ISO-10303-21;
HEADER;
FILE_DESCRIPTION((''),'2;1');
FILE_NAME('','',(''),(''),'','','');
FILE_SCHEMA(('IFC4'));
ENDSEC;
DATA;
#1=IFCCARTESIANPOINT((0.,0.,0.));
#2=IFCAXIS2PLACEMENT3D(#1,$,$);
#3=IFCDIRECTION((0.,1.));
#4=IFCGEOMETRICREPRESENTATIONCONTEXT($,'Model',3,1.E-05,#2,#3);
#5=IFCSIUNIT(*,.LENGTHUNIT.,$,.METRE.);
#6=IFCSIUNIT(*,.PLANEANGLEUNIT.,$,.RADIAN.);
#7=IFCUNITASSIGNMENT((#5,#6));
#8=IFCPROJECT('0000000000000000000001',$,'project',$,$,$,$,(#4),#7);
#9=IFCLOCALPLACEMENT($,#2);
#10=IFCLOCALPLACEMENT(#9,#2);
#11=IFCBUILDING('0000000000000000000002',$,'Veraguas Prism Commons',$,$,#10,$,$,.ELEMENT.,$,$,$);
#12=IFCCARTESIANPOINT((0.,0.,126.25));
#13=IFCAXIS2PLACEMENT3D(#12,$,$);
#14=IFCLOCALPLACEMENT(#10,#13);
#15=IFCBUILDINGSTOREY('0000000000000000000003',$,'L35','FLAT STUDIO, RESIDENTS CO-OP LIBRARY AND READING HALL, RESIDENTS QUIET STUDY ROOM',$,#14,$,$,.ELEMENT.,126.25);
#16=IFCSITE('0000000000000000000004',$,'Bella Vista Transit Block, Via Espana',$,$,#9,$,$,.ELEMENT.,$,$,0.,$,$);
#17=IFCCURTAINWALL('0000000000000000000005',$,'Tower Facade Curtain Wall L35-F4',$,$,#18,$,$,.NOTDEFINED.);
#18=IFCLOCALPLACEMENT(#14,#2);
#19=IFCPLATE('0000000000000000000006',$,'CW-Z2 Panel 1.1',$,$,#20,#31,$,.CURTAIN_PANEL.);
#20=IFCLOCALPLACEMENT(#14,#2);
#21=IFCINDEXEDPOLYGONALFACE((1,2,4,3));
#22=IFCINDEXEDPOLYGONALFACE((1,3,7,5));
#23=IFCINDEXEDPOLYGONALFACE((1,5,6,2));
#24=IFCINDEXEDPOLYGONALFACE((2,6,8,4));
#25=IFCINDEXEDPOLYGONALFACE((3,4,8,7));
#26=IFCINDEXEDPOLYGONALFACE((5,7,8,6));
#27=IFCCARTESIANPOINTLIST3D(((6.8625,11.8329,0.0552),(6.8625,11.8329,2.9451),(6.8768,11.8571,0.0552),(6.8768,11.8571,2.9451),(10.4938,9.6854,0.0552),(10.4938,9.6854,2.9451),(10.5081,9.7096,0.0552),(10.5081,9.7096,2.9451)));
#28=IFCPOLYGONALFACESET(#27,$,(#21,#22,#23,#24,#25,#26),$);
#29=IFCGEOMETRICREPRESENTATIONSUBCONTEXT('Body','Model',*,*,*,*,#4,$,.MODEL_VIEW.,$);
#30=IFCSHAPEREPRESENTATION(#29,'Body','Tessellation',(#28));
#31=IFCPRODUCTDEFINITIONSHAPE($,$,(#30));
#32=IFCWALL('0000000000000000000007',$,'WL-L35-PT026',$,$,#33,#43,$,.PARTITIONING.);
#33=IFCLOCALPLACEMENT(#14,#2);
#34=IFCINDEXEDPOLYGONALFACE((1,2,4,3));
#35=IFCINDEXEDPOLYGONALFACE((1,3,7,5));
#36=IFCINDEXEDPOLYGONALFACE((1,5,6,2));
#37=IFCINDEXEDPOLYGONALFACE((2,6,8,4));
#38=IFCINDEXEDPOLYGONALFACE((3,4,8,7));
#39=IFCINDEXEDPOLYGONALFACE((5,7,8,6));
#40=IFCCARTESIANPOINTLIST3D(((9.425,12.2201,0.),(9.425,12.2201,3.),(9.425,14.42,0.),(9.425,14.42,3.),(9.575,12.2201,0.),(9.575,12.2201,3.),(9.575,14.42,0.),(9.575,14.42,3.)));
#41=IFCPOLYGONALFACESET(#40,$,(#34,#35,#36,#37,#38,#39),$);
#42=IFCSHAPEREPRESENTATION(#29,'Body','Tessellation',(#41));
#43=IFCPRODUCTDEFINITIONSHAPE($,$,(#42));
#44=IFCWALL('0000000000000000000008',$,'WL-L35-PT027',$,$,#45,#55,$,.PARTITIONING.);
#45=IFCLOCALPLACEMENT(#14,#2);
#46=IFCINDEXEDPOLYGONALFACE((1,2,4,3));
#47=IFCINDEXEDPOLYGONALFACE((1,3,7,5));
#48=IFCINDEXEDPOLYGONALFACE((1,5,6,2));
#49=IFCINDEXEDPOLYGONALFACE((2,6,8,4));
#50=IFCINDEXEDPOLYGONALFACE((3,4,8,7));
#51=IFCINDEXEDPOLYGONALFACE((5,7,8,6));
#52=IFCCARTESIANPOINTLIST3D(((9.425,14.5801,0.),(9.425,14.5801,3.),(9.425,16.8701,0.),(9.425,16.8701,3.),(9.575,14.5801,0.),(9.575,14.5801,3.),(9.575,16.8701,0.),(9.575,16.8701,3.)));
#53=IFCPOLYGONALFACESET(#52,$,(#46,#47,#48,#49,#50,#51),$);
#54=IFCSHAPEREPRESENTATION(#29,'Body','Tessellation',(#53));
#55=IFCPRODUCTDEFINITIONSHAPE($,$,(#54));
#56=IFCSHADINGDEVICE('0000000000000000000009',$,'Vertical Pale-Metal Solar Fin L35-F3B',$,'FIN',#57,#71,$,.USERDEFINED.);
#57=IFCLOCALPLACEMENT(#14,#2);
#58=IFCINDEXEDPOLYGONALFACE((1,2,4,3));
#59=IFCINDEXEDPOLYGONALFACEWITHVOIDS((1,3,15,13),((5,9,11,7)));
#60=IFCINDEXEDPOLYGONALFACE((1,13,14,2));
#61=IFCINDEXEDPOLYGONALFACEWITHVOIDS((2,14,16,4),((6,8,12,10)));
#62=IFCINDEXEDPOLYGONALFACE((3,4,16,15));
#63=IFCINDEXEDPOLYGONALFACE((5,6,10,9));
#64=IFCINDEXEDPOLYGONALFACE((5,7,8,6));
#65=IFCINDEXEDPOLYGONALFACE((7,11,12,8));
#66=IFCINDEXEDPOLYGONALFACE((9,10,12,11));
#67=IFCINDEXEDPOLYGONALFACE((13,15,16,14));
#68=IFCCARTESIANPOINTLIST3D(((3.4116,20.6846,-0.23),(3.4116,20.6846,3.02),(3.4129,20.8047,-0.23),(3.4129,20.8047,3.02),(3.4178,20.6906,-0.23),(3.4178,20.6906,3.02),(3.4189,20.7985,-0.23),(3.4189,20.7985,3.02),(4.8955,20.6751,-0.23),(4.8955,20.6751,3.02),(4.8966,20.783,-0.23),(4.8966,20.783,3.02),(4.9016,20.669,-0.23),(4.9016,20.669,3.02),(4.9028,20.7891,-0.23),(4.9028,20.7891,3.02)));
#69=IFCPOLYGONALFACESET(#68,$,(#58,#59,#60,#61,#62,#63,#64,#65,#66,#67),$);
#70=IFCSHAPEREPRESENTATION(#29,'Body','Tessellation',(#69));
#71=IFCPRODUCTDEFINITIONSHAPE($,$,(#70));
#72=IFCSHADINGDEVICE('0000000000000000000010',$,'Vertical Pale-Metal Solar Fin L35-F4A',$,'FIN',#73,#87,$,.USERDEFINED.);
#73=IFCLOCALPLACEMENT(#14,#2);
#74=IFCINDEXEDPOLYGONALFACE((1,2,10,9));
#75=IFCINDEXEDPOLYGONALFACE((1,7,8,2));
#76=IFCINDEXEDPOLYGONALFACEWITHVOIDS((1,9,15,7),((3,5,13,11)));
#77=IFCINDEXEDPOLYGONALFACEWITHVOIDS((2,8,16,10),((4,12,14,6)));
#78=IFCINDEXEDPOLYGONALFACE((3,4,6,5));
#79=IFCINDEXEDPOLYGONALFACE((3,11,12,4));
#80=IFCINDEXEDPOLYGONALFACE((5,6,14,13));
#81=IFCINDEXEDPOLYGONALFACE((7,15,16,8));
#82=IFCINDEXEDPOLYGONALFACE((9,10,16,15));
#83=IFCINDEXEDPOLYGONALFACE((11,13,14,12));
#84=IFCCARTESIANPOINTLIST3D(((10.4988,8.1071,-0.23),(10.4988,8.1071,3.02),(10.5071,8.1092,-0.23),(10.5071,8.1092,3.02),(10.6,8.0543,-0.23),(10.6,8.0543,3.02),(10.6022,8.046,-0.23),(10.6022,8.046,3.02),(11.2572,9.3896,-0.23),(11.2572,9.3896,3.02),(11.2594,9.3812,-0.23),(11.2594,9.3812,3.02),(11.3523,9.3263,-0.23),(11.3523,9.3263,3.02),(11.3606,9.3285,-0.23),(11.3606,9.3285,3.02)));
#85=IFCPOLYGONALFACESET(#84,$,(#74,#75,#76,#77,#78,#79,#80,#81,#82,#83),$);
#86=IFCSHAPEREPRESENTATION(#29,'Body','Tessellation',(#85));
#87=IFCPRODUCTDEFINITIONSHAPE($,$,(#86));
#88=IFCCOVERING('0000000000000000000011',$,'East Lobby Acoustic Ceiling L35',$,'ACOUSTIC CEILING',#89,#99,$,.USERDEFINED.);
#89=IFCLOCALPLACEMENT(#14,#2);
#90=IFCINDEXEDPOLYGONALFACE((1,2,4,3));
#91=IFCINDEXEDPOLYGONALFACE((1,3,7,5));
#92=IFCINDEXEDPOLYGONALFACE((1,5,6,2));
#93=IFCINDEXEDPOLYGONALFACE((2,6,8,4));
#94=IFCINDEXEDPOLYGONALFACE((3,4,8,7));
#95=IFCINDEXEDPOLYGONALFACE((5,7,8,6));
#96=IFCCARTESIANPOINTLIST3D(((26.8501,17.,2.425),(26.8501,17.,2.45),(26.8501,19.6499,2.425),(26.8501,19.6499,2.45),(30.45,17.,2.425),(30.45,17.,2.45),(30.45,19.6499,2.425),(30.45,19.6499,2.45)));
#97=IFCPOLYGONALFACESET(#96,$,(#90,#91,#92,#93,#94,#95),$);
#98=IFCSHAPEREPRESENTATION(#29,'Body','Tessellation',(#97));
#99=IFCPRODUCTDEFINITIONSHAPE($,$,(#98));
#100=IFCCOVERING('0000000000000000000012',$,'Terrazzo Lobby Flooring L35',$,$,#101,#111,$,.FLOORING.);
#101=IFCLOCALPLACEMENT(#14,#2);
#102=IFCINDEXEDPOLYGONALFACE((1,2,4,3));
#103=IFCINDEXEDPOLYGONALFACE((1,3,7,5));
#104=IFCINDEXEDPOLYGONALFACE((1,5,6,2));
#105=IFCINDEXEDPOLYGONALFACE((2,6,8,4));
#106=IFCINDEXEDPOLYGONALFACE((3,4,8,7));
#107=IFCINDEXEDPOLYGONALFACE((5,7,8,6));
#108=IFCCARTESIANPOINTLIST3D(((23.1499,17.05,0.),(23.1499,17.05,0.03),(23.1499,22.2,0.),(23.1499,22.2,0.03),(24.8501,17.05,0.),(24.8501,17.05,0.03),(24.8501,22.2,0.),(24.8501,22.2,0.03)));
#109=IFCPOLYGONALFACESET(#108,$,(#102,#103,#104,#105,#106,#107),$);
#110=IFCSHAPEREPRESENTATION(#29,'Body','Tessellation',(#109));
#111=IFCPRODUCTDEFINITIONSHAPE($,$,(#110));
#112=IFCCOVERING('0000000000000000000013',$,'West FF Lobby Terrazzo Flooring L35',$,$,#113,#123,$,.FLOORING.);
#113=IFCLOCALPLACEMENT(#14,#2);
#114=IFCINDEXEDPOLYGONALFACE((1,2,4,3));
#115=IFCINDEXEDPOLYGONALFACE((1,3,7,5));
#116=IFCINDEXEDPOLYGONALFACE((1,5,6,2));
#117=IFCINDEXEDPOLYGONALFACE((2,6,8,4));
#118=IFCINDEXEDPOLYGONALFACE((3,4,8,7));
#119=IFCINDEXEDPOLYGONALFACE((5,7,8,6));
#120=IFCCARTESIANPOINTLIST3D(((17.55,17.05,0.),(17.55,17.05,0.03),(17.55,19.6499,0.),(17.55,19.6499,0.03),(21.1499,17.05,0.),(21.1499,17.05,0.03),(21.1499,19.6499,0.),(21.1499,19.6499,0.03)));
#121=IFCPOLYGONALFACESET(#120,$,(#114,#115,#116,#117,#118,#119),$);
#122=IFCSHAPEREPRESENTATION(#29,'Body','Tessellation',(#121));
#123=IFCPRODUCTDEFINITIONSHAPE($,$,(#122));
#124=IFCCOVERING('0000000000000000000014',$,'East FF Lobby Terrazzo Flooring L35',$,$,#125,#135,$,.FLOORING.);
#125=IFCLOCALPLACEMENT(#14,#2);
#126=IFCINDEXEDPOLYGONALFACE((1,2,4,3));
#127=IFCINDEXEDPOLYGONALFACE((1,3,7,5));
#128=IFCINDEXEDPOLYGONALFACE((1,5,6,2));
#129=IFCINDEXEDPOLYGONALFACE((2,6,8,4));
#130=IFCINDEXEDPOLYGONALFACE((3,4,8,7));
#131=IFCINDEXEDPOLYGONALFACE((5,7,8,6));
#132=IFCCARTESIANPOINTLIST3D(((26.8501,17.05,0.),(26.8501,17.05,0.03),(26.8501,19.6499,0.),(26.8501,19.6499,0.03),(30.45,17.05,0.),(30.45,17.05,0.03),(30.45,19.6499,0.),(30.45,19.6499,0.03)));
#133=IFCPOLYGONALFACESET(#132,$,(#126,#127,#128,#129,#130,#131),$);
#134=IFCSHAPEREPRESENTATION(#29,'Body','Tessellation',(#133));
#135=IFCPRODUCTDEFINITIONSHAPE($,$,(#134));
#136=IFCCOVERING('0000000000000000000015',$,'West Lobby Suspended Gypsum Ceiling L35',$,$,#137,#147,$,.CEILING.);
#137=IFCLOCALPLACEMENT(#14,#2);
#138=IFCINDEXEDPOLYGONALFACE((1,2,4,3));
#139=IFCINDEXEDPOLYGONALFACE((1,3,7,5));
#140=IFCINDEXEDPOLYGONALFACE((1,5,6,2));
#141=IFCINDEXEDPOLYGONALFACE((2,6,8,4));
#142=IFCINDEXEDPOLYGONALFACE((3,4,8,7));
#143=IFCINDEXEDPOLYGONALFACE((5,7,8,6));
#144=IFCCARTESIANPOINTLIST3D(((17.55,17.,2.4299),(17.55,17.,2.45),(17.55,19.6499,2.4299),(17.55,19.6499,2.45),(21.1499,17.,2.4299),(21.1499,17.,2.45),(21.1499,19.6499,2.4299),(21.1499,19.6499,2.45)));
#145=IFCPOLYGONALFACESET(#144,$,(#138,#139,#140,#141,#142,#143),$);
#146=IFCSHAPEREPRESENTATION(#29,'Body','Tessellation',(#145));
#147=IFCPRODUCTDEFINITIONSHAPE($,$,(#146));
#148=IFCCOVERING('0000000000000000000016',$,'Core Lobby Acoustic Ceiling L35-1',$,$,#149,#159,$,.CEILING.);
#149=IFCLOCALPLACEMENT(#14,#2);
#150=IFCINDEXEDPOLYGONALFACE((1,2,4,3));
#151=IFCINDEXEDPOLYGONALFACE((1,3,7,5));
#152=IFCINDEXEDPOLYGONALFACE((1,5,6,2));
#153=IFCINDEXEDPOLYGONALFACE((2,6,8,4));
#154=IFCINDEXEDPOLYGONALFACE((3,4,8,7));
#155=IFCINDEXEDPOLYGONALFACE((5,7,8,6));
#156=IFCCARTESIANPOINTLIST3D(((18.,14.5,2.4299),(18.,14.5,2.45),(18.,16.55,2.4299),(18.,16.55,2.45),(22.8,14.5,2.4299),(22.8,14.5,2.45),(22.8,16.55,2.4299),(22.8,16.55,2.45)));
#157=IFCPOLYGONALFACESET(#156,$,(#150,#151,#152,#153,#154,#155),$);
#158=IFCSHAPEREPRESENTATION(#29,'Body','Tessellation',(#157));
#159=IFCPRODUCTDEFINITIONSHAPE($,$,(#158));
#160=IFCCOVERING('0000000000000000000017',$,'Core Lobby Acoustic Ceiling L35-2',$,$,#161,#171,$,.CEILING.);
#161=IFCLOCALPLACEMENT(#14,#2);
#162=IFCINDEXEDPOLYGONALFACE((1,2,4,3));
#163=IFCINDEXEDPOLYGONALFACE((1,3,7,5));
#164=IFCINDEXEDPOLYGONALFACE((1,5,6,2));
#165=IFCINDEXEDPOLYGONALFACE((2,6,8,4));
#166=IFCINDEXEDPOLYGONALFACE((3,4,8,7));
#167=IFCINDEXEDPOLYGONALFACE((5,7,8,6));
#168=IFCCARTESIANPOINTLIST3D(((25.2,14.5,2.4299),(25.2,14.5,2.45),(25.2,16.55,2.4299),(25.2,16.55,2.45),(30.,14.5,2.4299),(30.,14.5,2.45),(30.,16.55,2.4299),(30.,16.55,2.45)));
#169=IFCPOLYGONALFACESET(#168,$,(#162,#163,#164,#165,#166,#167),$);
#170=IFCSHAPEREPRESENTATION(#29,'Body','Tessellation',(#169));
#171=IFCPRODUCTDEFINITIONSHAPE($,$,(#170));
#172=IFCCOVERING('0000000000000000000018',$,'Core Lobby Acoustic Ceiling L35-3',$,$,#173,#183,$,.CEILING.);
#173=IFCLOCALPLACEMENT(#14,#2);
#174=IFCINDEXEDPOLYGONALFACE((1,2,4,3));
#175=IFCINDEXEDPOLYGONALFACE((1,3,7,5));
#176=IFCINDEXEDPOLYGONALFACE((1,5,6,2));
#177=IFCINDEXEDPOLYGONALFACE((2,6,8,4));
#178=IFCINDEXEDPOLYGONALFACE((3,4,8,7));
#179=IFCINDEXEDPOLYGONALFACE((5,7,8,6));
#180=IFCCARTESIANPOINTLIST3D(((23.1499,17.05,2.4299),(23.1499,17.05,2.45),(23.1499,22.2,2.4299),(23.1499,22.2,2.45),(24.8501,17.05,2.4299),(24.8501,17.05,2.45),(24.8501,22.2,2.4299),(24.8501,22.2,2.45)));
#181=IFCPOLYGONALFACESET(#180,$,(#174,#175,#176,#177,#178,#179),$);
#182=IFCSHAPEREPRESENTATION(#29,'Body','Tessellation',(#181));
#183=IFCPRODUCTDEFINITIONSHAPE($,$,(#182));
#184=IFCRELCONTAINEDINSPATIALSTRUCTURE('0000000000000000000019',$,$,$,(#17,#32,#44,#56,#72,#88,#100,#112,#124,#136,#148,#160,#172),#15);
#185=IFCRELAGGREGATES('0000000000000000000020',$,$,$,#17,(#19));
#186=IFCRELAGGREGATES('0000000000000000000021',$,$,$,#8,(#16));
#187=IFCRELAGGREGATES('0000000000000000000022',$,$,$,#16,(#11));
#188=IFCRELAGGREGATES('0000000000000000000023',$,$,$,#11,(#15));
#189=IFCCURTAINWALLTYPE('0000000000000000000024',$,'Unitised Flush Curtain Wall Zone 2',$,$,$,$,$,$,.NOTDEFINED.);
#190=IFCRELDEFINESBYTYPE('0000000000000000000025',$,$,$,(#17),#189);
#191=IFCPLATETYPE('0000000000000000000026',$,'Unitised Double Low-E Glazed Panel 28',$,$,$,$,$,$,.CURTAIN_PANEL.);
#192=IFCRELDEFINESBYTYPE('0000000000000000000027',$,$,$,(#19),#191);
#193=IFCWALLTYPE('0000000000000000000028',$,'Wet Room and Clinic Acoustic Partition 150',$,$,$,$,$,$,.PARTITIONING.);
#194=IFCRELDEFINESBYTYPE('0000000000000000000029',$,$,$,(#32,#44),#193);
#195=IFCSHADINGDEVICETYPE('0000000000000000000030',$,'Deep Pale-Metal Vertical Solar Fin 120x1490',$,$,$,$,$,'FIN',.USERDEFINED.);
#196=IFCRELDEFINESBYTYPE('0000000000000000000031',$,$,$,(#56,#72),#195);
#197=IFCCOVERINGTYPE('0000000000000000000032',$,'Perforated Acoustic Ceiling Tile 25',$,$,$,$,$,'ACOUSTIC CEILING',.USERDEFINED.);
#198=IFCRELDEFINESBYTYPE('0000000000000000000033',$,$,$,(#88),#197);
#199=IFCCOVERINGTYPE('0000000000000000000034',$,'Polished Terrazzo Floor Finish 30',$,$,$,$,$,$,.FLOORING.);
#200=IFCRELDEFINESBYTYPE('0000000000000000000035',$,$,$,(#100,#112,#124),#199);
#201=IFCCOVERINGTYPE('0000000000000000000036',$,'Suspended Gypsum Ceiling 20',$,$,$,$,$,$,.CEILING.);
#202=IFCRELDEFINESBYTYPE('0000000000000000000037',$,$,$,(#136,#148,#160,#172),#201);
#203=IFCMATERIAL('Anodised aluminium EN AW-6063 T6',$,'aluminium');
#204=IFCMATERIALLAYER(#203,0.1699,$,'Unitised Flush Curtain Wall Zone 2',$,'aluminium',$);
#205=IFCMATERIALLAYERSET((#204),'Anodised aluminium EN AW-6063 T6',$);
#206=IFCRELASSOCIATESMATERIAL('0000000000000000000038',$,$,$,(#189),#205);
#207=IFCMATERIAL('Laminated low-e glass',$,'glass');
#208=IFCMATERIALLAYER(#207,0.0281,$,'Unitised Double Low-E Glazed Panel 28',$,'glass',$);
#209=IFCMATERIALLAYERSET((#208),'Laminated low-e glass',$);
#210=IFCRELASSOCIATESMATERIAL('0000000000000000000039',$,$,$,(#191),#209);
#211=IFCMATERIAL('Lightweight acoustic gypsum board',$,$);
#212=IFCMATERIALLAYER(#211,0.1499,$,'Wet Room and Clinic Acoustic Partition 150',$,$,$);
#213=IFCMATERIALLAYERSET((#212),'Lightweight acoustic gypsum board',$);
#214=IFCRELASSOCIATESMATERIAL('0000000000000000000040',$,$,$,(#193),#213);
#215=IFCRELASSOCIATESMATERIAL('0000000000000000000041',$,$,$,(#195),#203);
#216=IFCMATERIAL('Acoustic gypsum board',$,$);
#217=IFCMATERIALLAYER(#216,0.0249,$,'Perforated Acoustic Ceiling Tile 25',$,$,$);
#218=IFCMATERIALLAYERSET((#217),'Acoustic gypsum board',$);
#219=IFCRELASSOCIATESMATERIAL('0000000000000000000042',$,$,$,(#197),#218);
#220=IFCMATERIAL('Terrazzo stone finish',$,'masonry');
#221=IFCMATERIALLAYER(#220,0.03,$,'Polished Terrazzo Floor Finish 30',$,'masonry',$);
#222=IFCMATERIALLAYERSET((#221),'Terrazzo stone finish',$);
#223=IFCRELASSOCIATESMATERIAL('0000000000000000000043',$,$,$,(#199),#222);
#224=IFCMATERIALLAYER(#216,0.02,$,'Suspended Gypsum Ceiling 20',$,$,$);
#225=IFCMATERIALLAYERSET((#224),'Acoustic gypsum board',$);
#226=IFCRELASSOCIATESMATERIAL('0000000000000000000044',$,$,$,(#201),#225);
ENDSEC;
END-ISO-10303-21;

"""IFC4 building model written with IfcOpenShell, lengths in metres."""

from ifc_helpers import new_model, si_unit, direction, frame, frame_2d, origin, origin_2d, place, context, subcontext, project, spatial, polyline, rectangle, hollow_rectangle, outline, extrude, source, transform, mapped, material, layer, layer_set, material_profile, profile_set, type_object, element, aggregate, save


model = new_model("IFC4")

# Units and contexts
model_context = context("Model", 3, precision=1e-05, world=origin(), true_north=direction((0.0, 1.0)))
body_context = subcontext(model_context, "Body", "Model", "MODEL_VIEW")
ifc_project = project(units=[si_unit("LENGTHUNIT", "METRE"), si_unit("PLANEANGLEUNIT", "RADIAN")], contexts=[model_context])

# Site, building, storey
site_placement = place(None, origin())
site = spatial("IfcSite", under=ifc_project, at=site_placement, Name="Bella Vista Transit Block, Via Espana", CompositionType="ELEMENT", RefElevation=0.0)
building_placement = place(site_placement, origin())
building = spatial("IfcBuilding", under=site, at=building_placement, Name="Veraguas Prism Commons", CompositionType="ELEMENT")
storey_placement = place(building_placement, frame((0.0, 0.0, 126.25)))
storey = spatial("IfcBuildingStorey", under=building, at=storey_placement, Name="L35", Description="FLAT STUDIO, RESIDENTS CO-OP LIBRARY AND READING HALL, RESIDENTS QUIET STUDY ROOM", CompositionType="ELEMENT", Elevation=126.25)

# Curtain wall
ifc_material_1 = material(Name="Anodised aluminium EN AW-6063 T6", Category="aluminium")
ifc_layer_1 = layer(ifc_material_1, 0.1699, Name="Unitised Flush Curtain Wall Zone 2", Category="aluminium")
ifc_layer_set_1 = layer_set([ifc_layer_1], Name="Anodised aluminium EN AW-6063 T6")
curtain_wall_type = type_object("IfcCurtainWallType", Name="Unitised Flush Curtain Wall Zone 2", PredefinedType="NOTDEFINED", material=ifc_layer_set_1)
curtain_wall_1_placement = place(storey_placement, origin())
curtain_wall_1 = element("IfcCurtainWall", 1, at=curtain_wall_1_placement, inside=storey, type_object=curtain_wall_type, Name="Tower Facade Curtain Wall L35-F4", PredefinedType="NOTDEFINED")

# Plate
ifc_material_2 = material(Name="Laminated low-e glass", Category="glass")
ifc_layer_2 = layer(ifc_material_2, 0.0281, Name="Unitised Double Low-E Glazed Panel 28", Category="glass")
ifc_layer_set_2 = layer_set([ifc_layer_2], Name="Laminated low-e glass")
plate_type = type_object("IfcPlateType", Name="Unitised Double Low-E Glazed Panel 28", PredefinedType="CURTAIN_PANEL", material=ifc_layer_set_2)
shared_shape_1 = source(origin(), body_context, "Body", "SweptSolid", [
    extrude(rectangle(XDim=4.2188, YDim=0.0281, at=origin_2d()), origin(), (0.0, 0.0, 1.0), 2.8899),
])
plate_1_placement = place(storey_placement, frame((8.6853, 10.7712, 0.0552), z_axis=(0.0, 0.0, 1.0), x_axis=(0.860742, -0.509041, 0.0)))
plate_1 = element("IfcPlate", 2, at=plate_1_placement, type_object=plate_type, Name="CW-Z2 Panel 1.1", PredefinedType="CURTAIN_PANEL", context=body_context, shape_type="MappedRepresentation", body=[
    mapped(shared_shape_1, transform((0.0, 0.0, 0.0), scale=1.0)),
])
aggregate(curtain_wall_1, [plate_1])

# Walls
ifc_material_3 = material(Name="Lightweight acoustic gypsum board")
ifc_layer_3 = layer(ifc_material_3, 0.1499, Name="Wet Room and Clinic Acoustic Partition 150")
ifc_layer_set_3 = layer_set([ifc_layer_3], Name="Lightweight acoustic gypsum board")
wall_type = type_object("IfcWallType", Name="Wet Room and Clinic Acoustic Partition 150", PredefinedType="PARTITIONING", material=ifc_layer_set_3)
wall_1_placement = place(storey_placement, frame((9.5, 12.22, 0.0), z_axis=(0.0, 0.0, 1.0), x_axis=(0.0, 1.0, 0.0)))
element("IfcWall", 3, at=wall_1_placement, inside=storey, type_object=wall_type, Name="WL-L35-PT026", PredefinedType="PARTITIONING", context=body_context, shape_type="SweptSolid", body=[
    extrude(rectangle(XDim=2.2, YDim=0.1499, at=frame_2d((1.1001, 0.0))), origin(), (0.0, 0.0, 1.0), 3.0),
])
wall_2_placement = place(storey_placement, frame((9.5, 14.5801, 0.0), z_axis=(0.0, 0.0, 1.0), x_axis=(0.0, 1.0, 0.0)))
element("IfcWall", 4, at=wall_2_placement, inside=storey, type_object=wall_type, Name="WL-L35-PT027", PredefinedType="PARTITIONING", context=body_context, shape_type="SweptSolid", body=[
    extrude(rectangle(XDim=2.29, YDim=0.1499, at=frame_2d((1.145, 0.0))), origin(), (0.0, 0.0, 1.0), 3.0),
])

# Shading devices
ifc_material_profile_1 = material_profile(ifc_material_1, hollow_rectangle(XDim=0.1201, YDim=1.49, WallThickness=0.0061, at=origin_2d()), Name="FIN120X1490X6")
ifc_profile_set_1 = profile_set([ifc_material_profile_1], Name="Anodised aluminium EN AW-6063 T6")
shading_device_type = type_object("IfcShadingDeviceType", Name="Deep Pale-Metal Vertical Solar Fin 120x1490", ElementType="FIN", PredefinedType="USERDEFINED", material=ifc_profile_set_1)
for number, where, z_axis, x_axis, name in (
    (5, (4.1572, 20.7368, -0.23), (0.0, 0.0, 1.0), (-0.010475, -0.999945, 0.0), "Vertical Pale-Metal Solar Fin L35-F3B"),
    (6, (10.9297, 8.7178, -0.23), (0.0, 0.0, 1.0), (0.860743, -0.50904, 0.0), "Vertical Pale-Metal Solar Fin L35-F4A"),
):
    element("IfcShadingDevice", number, at=place(storey_placement, frame(where, z_axis=z_axis, x_axis=x_axis)), inside=storey, type_object=shading_device_type, Name=name, ObjectType="FIN", PredefinedType="USERDEFINED", context=body_context, shape_type="SweptSolid", body=[
        extrude(hollow_rectangle(XDim=0.1201, YDim=1.49, WallThickness=0.0061, at=origin_2d()), origin(), (0.0, 0.0, 1.0), 3.25),
    ])

# Coverings
ifc_material_4 = material(Name="Acoustic gypsum board")
ifc_layer_4 = layer(ifc_material_4, 0.0249, Name="Perforated Acoustic Ceiling Tile 25")
ifc_layer_set_4 = layer_set([ifc_layer_4], Name="Acoustic gypsum board")
covering_type_1 = type_object("IfcCoveringType", Name="Perforated Acoustic Ceiling Tile 25", ElementType="ACOUSTIC CEILING", PredefinedType="USERDEFINED", material=ifc_layer_set_4)
covering_1_placement = place(storey_placement, frame((0.0, 0.0, 2.425)))
element("IfcCovering", 7, at=covering_1_placement, inside=storey, type_object=covering_type_1, Name="East Lobby Acoustic Ceiling L35", ObjectType="ACOUSTIC CEILING", PredefinedType="USERDEFINED", context=body_context, shape_type="SweptSolid", body=[
    extrude(outline(polyline([(26.8501, 17.0), (30.45, 17.0), (30.45, 19.6499), (26.8501, 19.6499), (26.8501, 17.0)])), origin(), (0.0, 0.0, 1.0), 0.0249),
])
ifc_material_5 = material(Name="Terrazzo stone finish", Category="masonry")
ifc_layer_5 = layer(ifc_material_5, 0.03, Name="Polished Terrazzo Floor Finish 30", Category="masonry")
ifc_layer_set_5 = layer_set([ifc_layer_5], Name="Terrazzo stone finish")
covering_type_2 = type_object("IfcCoveringType", Name="Polished Terrazzo Floor Finish 30", PredefinedType="FLOORING", material=ifc_layer_set_5)
covering_2_placement = place(storey_placement, origin())
element("IfcCovering", 8, at=covering_2_placement, inside=storey, type_object=covering_type_2, Name="Terrazzo Lobby Flooring L35", PredefinedType="FLOORING", context=body_context, shape_type="SweptSolid", body=[
    extrude(outline(polyline([(23.1499, 17.05), (24.8501, 17.05), (24.8501, 22.2), (23.1499, 22.2), (23.1499, 17.05)])), origin(), (0.0, 0.0, 1.0), 0.03),
])
covering_3_placement = place(storey_placement, origin())
element("IfcCovering", 9, at=covering_3_placement, inside=storey, type_object=covering_type_2, Name="West FF Lobby Terrazzo Flooring L35", PredefinedType="FLOORING", context=body_context, shape_type="SweptSolid", body=[
    extrude(outline(polyline([(17.55, 17.05), (21.1499, 17.05), (21.1499, 19.6499), (17.55, 19.6499), (17.55, 17.05)])), origin(), (0.0, 0.0, 1.0), 0.03),
])
covering_4_placement = place(storey_placement, origin())
element("IfcCovering", 10, at=covering_4_placement, inside=storey, type_object=covering_type_2, Name="East FF Lobby Terrazzo Flooring L35", PredefinedType="FLOORING", context=body_context, shape_type="SweptSolid", body=[
    extrude(outline(polyline([(26.8501, 17.05), (30.45, 17.05), (30.45, 19.6499), (26.8501, 19.6499), (26.8501, 17.05)])), origin(), (0.0, 0.0, 1.0), 0.03),
])
ifc_layer_6 = layer(ifc_material_4, 0.02, Name="Suspended Gypsum Ceiling 20")
ifc_layer_set_6 = layer_set([ifc_layer_6], Name="Acoustic gypsum board")
covering_type_3 = type_object("IfcCoveringType", Name="Suspended Gypsum Ceiling 20", PredefinedType="CEILING", material=ifc_layer_set_6)
covering_5_placement = place(storey_placement, frame((0.0, 0.0, 2.4299)))
element("IfcCovering", 11, at=covering_5_placement, inside=storey, type_object=covering_type_3, Name="West Lobby Suspended Gypsum Ceiling L35", PredefinedType="CEILING", context=body_context, shape_type="SweptSolid", body=[
    extrude(outline(polyline([(17.55, 17.0), (21.1499, 17.0), (21.1499, 19.6499), (17.55, 19.6499), (17.55, 17.0)])), origin(), (0.0, 0.0, 1.0), 0.02),
])
covering_6_placement = place(storey_placement, frame((0.0, 0.0, 2.4299)))
element("IfcCovering", 12, at=covering_6_placement, inside=storey, type_object=covering_type_3, Name="Core Lobby Acoustic Ceiling L35-1", PredefinedType="CEILING", context=body_context, shape_type="SweptSolid", body=[
    extrude(outline(polyline([(18.0, 14.5), (22.8, 14.5), (22.8, 16.55), (18.0, 16.55), (18.0, 14.5)])), origin(), (0.0, 0.0, 1.0), 0.02),
])
covering_7_placement = place(storey_placement, frame((0.0, 0.0, 2.4299)))
element("IfcCovering", 13, at=covering_7_placement, inside=storey, type_object=covering_type_3, Name="Core Lobby Acoustic Ceiling L35-2", PredefinedType="CEILING", context=body_context, shape_type="SweptSolid", body=[
    extrude(outline(polyline([(25.2, 14.5), (30.0, 14.5), (30.0, 16.55), (25.2, 16.55), (25.2, 14.5)])), origin(), (0.0, 0.0, 1.0), 0.02),
])
covering_8_placement = place(storey_placement, frame((0.0, 0.0, 2.4299)))
element("IfcCovering", 14, at=covering_8_placement, inside=storey, type_object=covering_type_3, Name="Core Lobby Acoustic Ceiling L35-3", PredefinedType="CEILING", context=body_context, shape_type="SweptSolid", body=[
    extrude(outline(polyline([(23.1499, 17.05), (24.8501, 17.05), (24.8501, 22.2), (23.1499, 22.2), (23.1499, 17.05)])), origin(), (0.0, 0.0, 1.0), 0.02),
])

save(model, "model.ifc")
